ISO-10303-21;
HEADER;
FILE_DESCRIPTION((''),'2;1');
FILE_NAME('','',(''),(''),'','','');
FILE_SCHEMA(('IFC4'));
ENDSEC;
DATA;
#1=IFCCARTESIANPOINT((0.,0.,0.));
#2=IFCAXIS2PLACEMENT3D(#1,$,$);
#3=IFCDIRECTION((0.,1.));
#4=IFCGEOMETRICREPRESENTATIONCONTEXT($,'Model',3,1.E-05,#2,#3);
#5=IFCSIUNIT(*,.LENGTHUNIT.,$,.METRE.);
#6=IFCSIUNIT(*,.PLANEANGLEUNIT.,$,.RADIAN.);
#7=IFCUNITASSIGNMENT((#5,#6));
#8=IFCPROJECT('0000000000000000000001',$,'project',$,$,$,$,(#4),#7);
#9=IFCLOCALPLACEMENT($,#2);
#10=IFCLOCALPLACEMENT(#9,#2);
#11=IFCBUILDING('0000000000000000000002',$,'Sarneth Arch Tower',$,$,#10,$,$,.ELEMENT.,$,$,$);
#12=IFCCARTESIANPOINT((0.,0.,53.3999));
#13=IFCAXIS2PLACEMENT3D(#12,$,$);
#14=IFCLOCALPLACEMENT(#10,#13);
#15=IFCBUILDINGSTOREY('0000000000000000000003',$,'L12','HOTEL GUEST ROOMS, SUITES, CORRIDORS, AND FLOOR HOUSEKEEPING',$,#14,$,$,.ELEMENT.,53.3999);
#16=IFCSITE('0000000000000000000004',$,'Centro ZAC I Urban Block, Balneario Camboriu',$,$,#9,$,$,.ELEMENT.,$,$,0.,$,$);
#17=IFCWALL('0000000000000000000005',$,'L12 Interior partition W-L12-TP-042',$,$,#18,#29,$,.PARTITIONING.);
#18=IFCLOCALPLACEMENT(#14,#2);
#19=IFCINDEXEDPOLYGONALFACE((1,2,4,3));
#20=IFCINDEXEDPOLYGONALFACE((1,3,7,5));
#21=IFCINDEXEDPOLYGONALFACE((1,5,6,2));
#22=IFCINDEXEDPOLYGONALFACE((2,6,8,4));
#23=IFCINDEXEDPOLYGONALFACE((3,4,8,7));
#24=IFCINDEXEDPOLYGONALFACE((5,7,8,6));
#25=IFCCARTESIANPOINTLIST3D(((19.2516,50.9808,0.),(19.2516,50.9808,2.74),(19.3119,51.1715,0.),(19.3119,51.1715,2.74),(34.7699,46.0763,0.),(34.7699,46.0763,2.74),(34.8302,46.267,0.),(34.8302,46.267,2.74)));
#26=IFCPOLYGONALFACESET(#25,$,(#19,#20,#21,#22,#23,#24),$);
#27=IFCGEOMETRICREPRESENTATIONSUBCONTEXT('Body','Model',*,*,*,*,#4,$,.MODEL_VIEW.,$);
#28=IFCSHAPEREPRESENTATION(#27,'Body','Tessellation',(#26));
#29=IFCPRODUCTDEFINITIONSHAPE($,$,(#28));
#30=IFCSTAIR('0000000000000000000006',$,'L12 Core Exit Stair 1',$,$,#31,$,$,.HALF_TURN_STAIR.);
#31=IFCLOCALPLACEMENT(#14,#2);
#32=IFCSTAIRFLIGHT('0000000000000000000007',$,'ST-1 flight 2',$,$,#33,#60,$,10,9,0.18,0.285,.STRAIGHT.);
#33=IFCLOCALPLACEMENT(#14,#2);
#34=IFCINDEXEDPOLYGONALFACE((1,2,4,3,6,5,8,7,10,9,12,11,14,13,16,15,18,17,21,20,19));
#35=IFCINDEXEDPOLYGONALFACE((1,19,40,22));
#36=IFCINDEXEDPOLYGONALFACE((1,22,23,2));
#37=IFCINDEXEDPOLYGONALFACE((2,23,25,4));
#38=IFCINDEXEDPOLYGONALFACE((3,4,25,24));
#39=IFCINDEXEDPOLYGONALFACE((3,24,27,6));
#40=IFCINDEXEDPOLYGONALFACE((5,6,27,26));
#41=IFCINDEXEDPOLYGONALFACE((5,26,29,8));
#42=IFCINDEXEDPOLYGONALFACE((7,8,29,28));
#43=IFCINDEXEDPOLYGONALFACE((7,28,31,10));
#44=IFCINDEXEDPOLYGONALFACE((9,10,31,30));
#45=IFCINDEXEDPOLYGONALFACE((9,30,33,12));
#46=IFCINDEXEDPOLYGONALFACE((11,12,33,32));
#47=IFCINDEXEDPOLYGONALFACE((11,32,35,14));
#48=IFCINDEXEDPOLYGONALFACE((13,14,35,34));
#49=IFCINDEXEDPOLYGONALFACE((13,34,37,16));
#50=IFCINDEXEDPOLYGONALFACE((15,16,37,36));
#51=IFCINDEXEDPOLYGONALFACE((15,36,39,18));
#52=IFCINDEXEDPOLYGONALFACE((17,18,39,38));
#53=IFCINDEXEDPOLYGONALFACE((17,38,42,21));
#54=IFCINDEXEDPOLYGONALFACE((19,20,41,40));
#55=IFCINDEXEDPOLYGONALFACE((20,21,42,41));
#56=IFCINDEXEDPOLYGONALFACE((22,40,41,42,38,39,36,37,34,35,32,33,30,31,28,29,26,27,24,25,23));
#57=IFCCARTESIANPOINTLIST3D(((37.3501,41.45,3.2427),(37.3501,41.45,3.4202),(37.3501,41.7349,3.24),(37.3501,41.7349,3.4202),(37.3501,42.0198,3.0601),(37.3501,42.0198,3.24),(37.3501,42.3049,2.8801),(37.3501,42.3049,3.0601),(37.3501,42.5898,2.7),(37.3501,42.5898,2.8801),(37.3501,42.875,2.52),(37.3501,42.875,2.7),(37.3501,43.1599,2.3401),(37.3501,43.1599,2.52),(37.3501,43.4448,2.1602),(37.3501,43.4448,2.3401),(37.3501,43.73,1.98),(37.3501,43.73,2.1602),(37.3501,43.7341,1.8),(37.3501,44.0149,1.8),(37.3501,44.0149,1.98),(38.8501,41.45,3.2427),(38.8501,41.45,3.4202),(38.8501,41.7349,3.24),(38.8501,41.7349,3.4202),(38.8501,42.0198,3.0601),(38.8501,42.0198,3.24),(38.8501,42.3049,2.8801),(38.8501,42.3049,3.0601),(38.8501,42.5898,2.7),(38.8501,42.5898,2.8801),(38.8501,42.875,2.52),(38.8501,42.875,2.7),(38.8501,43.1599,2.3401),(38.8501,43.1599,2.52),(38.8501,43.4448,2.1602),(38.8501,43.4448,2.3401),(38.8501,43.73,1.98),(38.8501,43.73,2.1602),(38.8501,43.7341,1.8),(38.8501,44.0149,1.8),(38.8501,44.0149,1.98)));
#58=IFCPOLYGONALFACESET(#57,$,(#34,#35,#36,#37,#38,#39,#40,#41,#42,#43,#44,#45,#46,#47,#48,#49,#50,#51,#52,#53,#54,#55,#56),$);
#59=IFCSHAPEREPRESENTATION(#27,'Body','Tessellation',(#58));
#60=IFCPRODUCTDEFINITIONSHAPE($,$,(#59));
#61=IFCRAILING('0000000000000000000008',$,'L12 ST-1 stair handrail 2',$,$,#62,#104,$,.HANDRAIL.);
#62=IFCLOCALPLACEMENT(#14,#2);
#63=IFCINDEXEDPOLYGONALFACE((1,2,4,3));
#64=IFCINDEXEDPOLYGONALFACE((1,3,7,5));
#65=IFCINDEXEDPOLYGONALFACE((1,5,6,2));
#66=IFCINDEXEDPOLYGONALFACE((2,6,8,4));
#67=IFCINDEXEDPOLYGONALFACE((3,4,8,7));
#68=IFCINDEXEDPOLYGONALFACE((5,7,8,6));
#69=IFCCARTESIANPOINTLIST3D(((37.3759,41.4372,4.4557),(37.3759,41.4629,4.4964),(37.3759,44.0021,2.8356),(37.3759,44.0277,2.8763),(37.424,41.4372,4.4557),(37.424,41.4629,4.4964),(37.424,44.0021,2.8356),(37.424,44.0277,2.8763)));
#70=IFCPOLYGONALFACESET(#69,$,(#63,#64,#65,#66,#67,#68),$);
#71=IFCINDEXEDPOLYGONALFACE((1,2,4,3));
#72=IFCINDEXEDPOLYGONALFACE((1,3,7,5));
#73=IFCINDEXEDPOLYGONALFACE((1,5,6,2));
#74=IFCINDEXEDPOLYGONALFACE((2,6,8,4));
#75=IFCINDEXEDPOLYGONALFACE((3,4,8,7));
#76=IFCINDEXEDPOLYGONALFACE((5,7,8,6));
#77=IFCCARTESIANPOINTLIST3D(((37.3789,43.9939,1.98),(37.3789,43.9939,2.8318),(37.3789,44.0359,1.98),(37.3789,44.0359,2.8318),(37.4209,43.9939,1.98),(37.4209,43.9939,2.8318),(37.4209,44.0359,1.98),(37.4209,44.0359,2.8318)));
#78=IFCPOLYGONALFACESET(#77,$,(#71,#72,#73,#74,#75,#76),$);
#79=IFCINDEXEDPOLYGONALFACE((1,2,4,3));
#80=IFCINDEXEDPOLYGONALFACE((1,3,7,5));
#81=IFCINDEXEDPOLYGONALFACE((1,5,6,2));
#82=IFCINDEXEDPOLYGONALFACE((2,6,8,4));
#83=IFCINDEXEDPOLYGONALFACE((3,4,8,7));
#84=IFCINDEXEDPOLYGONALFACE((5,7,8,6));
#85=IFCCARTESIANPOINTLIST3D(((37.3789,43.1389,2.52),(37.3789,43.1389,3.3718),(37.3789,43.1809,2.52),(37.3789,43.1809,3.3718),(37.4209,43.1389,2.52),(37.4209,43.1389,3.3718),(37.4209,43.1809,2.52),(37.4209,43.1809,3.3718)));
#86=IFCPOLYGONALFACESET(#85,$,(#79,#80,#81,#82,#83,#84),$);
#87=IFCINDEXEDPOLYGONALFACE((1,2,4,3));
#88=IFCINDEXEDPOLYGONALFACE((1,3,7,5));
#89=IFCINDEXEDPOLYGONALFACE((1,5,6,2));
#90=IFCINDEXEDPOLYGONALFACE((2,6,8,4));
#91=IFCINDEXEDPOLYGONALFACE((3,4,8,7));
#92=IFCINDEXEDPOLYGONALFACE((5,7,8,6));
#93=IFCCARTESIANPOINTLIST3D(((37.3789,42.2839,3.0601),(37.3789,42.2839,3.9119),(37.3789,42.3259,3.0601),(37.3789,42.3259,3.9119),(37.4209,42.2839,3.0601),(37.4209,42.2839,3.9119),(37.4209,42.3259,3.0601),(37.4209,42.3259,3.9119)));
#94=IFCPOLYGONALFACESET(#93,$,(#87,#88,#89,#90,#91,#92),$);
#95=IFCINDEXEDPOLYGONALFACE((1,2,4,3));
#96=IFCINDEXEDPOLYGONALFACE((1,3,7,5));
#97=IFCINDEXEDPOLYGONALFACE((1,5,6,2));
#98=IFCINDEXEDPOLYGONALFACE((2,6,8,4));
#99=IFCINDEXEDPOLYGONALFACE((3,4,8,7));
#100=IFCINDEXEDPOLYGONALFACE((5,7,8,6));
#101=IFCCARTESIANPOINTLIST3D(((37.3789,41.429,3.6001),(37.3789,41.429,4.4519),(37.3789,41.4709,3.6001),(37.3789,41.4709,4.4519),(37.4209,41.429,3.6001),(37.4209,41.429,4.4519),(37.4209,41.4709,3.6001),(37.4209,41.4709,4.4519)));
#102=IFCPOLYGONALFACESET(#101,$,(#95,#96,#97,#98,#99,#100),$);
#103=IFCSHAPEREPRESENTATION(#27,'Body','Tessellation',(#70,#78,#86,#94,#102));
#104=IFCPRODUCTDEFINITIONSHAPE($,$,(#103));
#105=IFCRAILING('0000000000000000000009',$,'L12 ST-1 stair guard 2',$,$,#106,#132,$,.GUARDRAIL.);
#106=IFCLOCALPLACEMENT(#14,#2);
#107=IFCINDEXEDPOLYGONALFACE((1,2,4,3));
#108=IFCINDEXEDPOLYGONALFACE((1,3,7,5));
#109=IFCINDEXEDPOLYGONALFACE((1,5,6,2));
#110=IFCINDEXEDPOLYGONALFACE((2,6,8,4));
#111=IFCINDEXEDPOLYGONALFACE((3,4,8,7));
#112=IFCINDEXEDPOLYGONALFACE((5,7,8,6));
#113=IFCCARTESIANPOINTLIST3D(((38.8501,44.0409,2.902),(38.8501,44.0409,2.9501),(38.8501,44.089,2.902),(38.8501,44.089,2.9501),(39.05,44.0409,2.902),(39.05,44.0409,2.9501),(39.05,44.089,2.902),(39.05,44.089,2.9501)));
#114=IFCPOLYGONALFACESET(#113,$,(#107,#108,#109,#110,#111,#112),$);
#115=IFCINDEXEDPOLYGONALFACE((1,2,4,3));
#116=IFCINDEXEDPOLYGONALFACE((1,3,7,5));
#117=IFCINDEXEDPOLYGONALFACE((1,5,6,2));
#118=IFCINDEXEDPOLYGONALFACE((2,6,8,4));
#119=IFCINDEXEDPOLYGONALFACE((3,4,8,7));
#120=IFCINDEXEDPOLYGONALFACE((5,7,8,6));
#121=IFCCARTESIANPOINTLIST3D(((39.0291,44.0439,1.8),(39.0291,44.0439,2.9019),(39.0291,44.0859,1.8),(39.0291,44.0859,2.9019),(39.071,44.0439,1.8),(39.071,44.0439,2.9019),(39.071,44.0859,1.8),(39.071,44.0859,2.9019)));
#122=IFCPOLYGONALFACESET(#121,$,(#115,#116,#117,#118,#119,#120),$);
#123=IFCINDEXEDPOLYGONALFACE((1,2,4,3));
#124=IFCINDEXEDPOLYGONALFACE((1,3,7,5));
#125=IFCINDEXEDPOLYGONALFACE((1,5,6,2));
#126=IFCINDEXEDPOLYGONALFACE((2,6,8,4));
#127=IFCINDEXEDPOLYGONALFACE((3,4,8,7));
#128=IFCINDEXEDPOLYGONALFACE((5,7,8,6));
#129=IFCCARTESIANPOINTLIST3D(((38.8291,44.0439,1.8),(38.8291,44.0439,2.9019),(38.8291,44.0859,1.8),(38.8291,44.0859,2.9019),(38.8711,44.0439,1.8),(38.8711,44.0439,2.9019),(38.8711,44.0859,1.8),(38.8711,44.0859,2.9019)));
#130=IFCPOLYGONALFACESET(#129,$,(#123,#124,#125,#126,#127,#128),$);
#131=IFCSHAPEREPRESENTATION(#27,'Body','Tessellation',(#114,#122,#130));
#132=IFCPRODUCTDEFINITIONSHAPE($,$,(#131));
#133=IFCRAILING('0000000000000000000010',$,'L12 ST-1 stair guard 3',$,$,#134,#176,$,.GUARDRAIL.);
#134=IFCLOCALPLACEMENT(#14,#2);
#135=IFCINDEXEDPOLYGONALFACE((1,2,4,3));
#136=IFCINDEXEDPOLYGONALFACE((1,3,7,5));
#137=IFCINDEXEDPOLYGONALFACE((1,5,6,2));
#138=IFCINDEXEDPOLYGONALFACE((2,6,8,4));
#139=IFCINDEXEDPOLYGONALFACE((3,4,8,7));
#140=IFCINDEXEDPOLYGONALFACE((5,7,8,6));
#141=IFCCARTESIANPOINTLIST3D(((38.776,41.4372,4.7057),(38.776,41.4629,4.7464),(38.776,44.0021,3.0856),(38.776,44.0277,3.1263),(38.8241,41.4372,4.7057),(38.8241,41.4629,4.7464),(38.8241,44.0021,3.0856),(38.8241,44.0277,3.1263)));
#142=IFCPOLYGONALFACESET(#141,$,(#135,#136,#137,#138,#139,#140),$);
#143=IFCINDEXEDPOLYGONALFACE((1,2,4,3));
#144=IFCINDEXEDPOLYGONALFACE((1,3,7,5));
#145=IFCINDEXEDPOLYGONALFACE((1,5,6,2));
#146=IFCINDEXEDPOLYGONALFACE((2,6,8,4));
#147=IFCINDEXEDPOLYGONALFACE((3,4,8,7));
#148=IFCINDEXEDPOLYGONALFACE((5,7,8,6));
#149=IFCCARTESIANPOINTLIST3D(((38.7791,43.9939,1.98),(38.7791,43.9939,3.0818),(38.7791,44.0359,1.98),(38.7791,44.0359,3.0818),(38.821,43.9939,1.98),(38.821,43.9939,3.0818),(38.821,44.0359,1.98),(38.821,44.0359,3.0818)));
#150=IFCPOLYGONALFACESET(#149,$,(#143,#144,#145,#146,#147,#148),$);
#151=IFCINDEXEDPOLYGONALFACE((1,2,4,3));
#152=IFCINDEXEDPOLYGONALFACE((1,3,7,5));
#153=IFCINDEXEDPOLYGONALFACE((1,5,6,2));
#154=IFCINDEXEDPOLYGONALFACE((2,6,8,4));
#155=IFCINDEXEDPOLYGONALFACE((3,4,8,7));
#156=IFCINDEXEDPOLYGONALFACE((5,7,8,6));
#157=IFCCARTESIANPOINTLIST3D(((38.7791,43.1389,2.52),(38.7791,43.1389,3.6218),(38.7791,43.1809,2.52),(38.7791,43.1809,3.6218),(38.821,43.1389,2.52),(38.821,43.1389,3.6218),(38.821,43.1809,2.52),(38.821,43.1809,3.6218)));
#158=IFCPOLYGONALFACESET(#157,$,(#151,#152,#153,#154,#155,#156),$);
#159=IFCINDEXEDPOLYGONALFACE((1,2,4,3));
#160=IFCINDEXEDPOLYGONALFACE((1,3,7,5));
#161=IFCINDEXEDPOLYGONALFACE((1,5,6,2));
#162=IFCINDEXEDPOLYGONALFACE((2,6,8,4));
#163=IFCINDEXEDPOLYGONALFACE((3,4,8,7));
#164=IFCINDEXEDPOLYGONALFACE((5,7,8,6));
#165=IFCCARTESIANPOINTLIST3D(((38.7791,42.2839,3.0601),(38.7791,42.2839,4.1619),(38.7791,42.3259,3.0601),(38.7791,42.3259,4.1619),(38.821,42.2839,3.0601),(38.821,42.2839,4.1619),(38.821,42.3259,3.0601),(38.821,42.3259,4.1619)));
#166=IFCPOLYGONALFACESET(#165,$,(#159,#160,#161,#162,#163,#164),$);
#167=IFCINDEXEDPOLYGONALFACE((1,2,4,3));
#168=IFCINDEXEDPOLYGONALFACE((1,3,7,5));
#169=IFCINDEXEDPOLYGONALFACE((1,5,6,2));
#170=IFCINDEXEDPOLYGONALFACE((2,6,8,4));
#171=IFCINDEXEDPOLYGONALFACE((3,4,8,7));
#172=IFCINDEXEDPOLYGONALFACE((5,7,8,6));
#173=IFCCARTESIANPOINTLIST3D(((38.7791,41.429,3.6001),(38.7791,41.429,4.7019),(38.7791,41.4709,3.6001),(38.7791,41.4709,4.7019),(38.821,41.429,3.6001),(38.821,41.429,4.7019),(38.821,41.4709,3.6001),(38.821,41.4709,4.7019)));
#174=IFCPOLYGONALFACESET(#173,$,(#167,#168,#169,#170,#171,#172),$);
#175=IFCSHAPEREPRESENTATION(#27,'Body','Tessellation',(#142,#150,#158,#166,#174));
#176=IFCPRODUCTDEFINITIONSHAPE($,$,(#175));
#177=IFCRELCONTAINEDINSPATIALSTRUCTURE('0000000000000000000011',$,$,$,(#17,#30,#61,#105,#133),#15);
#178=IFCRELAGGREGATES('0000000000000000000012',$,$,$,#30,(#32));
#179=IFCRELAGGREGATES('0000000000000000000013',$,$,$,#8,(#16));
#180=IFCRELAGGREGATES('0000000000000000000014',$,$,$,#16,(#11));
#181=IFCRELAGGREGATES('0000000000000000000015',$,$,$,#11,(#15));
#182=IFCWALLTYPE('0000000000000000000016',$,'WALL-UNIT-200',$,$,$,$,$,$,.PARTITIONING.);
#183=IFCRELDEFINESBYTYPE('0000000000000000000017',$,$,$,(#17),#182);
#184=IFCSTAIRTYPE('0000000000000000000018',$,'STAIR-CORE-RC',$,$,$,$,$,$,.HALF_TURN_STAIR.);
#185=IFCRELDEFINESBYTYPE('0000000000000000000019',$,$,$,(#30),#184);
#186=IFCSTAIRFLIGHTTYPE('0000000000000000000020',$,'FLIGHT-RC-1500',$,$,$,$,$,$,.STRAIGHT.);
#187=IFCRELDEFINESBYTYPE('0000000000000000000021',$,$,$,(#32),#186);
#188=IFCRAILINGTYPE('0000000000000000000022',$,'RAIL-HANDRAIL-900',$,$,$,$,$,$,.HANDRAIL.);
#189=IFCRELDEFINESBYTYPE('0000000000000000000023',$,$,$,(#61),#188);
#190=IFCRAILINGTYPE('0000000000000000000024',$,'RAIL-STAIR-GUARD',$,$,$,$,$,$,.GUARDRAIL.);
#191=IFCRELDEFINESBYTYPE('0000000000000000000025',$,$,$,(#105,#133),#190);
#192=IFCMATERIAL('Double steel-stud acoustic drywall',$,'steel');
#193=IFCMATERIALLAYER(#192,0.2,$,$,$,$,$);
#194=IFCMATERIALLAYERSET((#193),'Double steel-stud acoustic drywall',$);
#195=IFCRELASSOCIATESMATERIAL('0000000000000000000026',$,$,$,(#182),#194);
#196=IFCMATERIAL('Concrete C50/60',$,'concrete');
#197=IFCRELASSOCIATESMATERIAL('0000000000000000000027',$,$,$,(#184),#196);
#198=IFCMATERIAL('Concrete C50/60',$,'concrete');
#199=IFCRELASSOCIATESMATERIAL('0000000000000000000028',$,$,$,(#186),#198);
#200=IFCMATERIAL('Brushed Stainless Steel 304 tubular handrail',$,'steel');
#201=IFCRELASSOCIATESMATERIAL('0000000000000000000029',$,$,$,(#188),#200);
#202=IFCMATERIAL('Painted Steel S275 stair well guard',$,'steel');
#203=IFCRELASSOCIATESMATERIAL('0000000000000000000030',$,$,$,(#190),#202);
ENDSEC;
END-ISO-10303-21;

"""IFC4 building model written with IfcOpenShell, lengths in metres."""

from ifc_helpers import new_model, si_unit, direction, frame, frame_2d, origin, origin_2d, place, context, subcontext, project, spatial, polyline, rectangle, outline, extrude, material, layer, layer_set, type_object, element, aggregate, save


model = new_model("IFC4")

# Units and contexts
model_context = context("Model", 3, precision=1e-05, world=origin(), true_north=direction((0.0, 1.0)))
body_context = subcontext(model_context, "Body", "Model", "MODEL_VIEW")
ifc_project = project(units=[si_unit("LENGTHUNIT", "METRE"), si_unit("PLANEANGLEUNIT", "RADIAN")], contexts=[model_context])

# Site, building, storey
site_placement = place(None, origin())
site = spatial("IfcSite", under=ifc_project, at=site_placement, Name="Centro ZAC I Urban Block, Balneario Camboriu", CompositionType="ELEMENT", RefElevation=0.0)
building_placement = place(site_placement, origin())
building = spatial("IfcBuilding", under=site, at=building_placement, Name="Sarneth Arch Tower", CompositionType="ELEMENT")
storey_placement = place(building_placement, frame((0.0, 0.0, 53.3999)))
storey = spatial("IfcBuildingStorey", under=building, at=storey_placement, Name="L12", Description="HOTEL GUEST ROOMS, SUITES, CORRIDORS, AND FLOOR HOUSEKEEPING", CompositionType="ELEMENT", Elevation=53.3999)

# Wall
ifc_material_1 = material(Name="Double steel-stud acoustic drywall", Category="steel")
ifc_layer_1 = layer(ifc_material_1, 0.2)
ifc_layer_set_1 = layer_set([ifc_layer_1], Name="Double steel-stud acoustic drywall")
wall_type_1 = type_object("IfcWallType", Name="WALL-UNIT-200", PredefinedType="PARTITIONING", material=ifc_layer_set_1)
wall_1_placement = place(storey_placement, frame((34.8, 46.1716, 0.0), z_axis=(0.0, 0.0, 1.0), x_axis=(-0.953512, 0.301356, 0.0)))
element("IfcWall", 1, at=wall_1_placement, inside=storey, type_object=wall_type_1, Name="L12 Interior partition W-L12-TP-042", PredefinedType="PARTITIONING", context=body_context, shape_type="SweptSolid", body=[
    extrude(rectangle(XDim=16.2749, YDim=0.2, at=frame_2d((8.1375, 0.0))), origin(), (0.0, 0.0, 1.0), 2.74),
])

# Stair, stair flight
ifc_material_2 = material(Name="Concrete C50/60", Category="concrete")
stair_type = type_object("IfcStairType", Name="STAIR-CORE-RC", PredefinedType="HALF_TURN_STAIR", material=ifc_material_2)
stair_placement = place(storey_placement, origin())
stair = element("IfcStair", 2, at=stair_placement, inside=storey, type_object=stair_type, Name="L12 Core Exit Stair 1", PredefinedType="HALF_TURN_STAIR")
ifc_material_3 = material(Name="Concrete C50/60", Category="concrete")
stair_flight_type = type_object("IfcStairFlightType", Name="FLIGHT-RC-1500", PredefinedType="STRAIGHT", material=ifc_material_3)
stair_flight_placement = place(storey_placement, frame((38.1001, 44.0149, 1.8), z_axis=(0.0, 0.0, 1.0), x_axis=(0.0, -1.0, 0.0)))
stair_flight = element("IfcStairFlight", 3, at=stair_flight_placement, type_object=stair_flight_type, Name="ST-1 flight 2", NumberOfRisers=10, NumberOfTreads=9, PredefinedType="STRAIGHT", RiserHeight=0.18, TreadLength=0.285, context=body_context, shape_type="SweptSolid", body=[
    extrude(outline(polyline([(0.0, 0.0), (0.0, 0.1799), (0.2849, 0.1799), (0.2849, 0.3601), (0.5701, 0.3601), (0.5701, 0.54), (0.855, 0.54), (0.855, 0.72), (1.1399, 0.72), (1.1399, 0.8999), (1.425, 0.8999), (1.425, 1.0801), (1.71, 1.0801), (1.71, 1.26), (1.9951, 1.26), (1.9951, 1.4399), (2.28, 1.4399), (2.28, 1.6201), (2.5649, 1.6201), (2.5649, 1.8), (2.5649, 1.4426), (0.2808, 0.0), (0.0, 0.0)])), frame((0.0, 0.75, 0.0), z_axis=(0.0, -1.0, 0.0), x_axis=(1.0, 0.0, 0.0)), (0.0, 0.0, 1.0), 1.5),
])
aggregate(stair, [stair_flight])

# Railings
ifc_material_4 = material(Name="Brushed Stainless Steel 304 tubular handrail", Category="steel")
railing_type_1 = type_object("IfcRailingType", Name="RAIL-HANDRAIL-900", PredefinedType="HANDRAIL", material=ifc_material_4)
railing_1_placement = place(storey_placement, frame((37.3999, 44.0149, 1.98)))
element("IfcRailing", 4, at=railing_1_placement, inside=storey, type_object=railing_type_1, Name="L12 ST-1 stair handrail 2", PredefinedType="HANDRAIL", context=body_context, shape_type="SweptSolid", body=[
    extrude(rectangle(XDim=0.0481, YDim=0.0481, at=origin_2d()), frame((0.0, 0.0, 0.876), z_axis=(0.0, -0.845466, 0.534029), x_axis=(1.0, 0.0, 0.0)), (0.0, 0.0, 1.0), 3.0337),
    extrude(rectangle(XDim=0.042, YDim=0.042, at=origin_2d()), origin(), (0.0, 0.0, 1.0), 0.8518),
    extrude(rectangle(XDim=0.042, YDim=0.042, at=origin_2d()), frame((0.0, -0.855, 0.54)), (0.0, 0.0, 1.0), 0.8518),
    extrude(rectangle(XDim=0.042, YDim=0.042, at=origin_2d()), frame((0.0, -1.71, 1.0801)), (0.0, 0.0, 1.0), 0.8518),
    extrude(rectangle(XDim=0.042, YDim=0.042, at=origin_2d()), frame((0.0, -2.5649, 1.6201)), (0.0, 0.0, 1.0), 0.8518),
])
ifc_material_5 = material(Name="Painted Steel S275 stair well guard", Category="steel")
railing_type_2 = type_object("IfcRailingType", Name="RAIL-STAIR-GUARD", PredefinedType="GUARDRAIL", material=ifc_material_5)
railing_2_placement = place(storey_placement, frame((39.05, 44.0649, 1.8)))
element("IfcRailing", 5, at=railing_2_placement, inside=storey, type_object=railing_type_2, Name="L12 ST-1 stair guard 2", PredefinedType="GUARDRAIL", context=body_context, shape_type="SweptSolid", body=[
    extrude(rectangle(XDim=0.0481, YDim=0.0481, at=origin_2d()), frame((0.0, 0.0, 1.126), z_axis=(-1.0, 0.0, 0.0), x_axis=(0.0, -1.0, 0.0)), (0.0, 0.0, 1.0), 0.2),
    extrude(rectangle(XDim=0.042, YDim=0.042, at=origin_2d()), origin(), (0.0, 0.0, 1.0), 1.1018),
    extrude(rectangle(XDim=0.042, YDim=0.042, at=origin_2d()), frame((-0.2, 0.0, 0.0)), (0.0, 0.0, 1.0), 1.1018),
])
railing_3_placement = place(storey_placement, frame((38.8, 44.0149, 1.98)))
element("IfcRailing", 6, at=railing_3_placement, inside=storey, type_object=railing_type_2, Name="L12 ST-1 stair guard 3", PredefinedType="GUARDRAIL", context=body_context, shape_type="SweptSolid", body=[
    extrude(rectangle(XDim=0.0481, YDim=0.0481, at=origin_2d()), frame((0.0, 0.0, 1.126), z_axis=(0.0, -0.845466, 0.534029), x_axis=(1.0, 0.0, 0.0)), (0.0, 0.0, 1.0), 3.0337),
    extrude(rectangle(XDim=0.042, YDim=0.042, at=origin_2d()), origin(), (0.0, 0.0, 1.0), 1.1018),
    extrude(rectangle(XDim=0.042, YDim=0.042, at=origin_2d()), frame((0.0, -0.855, 0.54)), (0.0, 0.0, 1.0), 1.1018),
    extrude(rectangle(XDim=0.042, YDim=0.042, at=origin_2d()), frame((0.0, -1.71, 1.0801)), (0.0, 0.0, 1.0), 1.1018),
    extrude(rectangle(XDim=0.042, YDim=0.042, at=origin_2d()), frame((0.0, -2.5649, 1.6201)), (0.0, 0.0, 1.0), 1.1018),
])

save(model, "model.ifc")
